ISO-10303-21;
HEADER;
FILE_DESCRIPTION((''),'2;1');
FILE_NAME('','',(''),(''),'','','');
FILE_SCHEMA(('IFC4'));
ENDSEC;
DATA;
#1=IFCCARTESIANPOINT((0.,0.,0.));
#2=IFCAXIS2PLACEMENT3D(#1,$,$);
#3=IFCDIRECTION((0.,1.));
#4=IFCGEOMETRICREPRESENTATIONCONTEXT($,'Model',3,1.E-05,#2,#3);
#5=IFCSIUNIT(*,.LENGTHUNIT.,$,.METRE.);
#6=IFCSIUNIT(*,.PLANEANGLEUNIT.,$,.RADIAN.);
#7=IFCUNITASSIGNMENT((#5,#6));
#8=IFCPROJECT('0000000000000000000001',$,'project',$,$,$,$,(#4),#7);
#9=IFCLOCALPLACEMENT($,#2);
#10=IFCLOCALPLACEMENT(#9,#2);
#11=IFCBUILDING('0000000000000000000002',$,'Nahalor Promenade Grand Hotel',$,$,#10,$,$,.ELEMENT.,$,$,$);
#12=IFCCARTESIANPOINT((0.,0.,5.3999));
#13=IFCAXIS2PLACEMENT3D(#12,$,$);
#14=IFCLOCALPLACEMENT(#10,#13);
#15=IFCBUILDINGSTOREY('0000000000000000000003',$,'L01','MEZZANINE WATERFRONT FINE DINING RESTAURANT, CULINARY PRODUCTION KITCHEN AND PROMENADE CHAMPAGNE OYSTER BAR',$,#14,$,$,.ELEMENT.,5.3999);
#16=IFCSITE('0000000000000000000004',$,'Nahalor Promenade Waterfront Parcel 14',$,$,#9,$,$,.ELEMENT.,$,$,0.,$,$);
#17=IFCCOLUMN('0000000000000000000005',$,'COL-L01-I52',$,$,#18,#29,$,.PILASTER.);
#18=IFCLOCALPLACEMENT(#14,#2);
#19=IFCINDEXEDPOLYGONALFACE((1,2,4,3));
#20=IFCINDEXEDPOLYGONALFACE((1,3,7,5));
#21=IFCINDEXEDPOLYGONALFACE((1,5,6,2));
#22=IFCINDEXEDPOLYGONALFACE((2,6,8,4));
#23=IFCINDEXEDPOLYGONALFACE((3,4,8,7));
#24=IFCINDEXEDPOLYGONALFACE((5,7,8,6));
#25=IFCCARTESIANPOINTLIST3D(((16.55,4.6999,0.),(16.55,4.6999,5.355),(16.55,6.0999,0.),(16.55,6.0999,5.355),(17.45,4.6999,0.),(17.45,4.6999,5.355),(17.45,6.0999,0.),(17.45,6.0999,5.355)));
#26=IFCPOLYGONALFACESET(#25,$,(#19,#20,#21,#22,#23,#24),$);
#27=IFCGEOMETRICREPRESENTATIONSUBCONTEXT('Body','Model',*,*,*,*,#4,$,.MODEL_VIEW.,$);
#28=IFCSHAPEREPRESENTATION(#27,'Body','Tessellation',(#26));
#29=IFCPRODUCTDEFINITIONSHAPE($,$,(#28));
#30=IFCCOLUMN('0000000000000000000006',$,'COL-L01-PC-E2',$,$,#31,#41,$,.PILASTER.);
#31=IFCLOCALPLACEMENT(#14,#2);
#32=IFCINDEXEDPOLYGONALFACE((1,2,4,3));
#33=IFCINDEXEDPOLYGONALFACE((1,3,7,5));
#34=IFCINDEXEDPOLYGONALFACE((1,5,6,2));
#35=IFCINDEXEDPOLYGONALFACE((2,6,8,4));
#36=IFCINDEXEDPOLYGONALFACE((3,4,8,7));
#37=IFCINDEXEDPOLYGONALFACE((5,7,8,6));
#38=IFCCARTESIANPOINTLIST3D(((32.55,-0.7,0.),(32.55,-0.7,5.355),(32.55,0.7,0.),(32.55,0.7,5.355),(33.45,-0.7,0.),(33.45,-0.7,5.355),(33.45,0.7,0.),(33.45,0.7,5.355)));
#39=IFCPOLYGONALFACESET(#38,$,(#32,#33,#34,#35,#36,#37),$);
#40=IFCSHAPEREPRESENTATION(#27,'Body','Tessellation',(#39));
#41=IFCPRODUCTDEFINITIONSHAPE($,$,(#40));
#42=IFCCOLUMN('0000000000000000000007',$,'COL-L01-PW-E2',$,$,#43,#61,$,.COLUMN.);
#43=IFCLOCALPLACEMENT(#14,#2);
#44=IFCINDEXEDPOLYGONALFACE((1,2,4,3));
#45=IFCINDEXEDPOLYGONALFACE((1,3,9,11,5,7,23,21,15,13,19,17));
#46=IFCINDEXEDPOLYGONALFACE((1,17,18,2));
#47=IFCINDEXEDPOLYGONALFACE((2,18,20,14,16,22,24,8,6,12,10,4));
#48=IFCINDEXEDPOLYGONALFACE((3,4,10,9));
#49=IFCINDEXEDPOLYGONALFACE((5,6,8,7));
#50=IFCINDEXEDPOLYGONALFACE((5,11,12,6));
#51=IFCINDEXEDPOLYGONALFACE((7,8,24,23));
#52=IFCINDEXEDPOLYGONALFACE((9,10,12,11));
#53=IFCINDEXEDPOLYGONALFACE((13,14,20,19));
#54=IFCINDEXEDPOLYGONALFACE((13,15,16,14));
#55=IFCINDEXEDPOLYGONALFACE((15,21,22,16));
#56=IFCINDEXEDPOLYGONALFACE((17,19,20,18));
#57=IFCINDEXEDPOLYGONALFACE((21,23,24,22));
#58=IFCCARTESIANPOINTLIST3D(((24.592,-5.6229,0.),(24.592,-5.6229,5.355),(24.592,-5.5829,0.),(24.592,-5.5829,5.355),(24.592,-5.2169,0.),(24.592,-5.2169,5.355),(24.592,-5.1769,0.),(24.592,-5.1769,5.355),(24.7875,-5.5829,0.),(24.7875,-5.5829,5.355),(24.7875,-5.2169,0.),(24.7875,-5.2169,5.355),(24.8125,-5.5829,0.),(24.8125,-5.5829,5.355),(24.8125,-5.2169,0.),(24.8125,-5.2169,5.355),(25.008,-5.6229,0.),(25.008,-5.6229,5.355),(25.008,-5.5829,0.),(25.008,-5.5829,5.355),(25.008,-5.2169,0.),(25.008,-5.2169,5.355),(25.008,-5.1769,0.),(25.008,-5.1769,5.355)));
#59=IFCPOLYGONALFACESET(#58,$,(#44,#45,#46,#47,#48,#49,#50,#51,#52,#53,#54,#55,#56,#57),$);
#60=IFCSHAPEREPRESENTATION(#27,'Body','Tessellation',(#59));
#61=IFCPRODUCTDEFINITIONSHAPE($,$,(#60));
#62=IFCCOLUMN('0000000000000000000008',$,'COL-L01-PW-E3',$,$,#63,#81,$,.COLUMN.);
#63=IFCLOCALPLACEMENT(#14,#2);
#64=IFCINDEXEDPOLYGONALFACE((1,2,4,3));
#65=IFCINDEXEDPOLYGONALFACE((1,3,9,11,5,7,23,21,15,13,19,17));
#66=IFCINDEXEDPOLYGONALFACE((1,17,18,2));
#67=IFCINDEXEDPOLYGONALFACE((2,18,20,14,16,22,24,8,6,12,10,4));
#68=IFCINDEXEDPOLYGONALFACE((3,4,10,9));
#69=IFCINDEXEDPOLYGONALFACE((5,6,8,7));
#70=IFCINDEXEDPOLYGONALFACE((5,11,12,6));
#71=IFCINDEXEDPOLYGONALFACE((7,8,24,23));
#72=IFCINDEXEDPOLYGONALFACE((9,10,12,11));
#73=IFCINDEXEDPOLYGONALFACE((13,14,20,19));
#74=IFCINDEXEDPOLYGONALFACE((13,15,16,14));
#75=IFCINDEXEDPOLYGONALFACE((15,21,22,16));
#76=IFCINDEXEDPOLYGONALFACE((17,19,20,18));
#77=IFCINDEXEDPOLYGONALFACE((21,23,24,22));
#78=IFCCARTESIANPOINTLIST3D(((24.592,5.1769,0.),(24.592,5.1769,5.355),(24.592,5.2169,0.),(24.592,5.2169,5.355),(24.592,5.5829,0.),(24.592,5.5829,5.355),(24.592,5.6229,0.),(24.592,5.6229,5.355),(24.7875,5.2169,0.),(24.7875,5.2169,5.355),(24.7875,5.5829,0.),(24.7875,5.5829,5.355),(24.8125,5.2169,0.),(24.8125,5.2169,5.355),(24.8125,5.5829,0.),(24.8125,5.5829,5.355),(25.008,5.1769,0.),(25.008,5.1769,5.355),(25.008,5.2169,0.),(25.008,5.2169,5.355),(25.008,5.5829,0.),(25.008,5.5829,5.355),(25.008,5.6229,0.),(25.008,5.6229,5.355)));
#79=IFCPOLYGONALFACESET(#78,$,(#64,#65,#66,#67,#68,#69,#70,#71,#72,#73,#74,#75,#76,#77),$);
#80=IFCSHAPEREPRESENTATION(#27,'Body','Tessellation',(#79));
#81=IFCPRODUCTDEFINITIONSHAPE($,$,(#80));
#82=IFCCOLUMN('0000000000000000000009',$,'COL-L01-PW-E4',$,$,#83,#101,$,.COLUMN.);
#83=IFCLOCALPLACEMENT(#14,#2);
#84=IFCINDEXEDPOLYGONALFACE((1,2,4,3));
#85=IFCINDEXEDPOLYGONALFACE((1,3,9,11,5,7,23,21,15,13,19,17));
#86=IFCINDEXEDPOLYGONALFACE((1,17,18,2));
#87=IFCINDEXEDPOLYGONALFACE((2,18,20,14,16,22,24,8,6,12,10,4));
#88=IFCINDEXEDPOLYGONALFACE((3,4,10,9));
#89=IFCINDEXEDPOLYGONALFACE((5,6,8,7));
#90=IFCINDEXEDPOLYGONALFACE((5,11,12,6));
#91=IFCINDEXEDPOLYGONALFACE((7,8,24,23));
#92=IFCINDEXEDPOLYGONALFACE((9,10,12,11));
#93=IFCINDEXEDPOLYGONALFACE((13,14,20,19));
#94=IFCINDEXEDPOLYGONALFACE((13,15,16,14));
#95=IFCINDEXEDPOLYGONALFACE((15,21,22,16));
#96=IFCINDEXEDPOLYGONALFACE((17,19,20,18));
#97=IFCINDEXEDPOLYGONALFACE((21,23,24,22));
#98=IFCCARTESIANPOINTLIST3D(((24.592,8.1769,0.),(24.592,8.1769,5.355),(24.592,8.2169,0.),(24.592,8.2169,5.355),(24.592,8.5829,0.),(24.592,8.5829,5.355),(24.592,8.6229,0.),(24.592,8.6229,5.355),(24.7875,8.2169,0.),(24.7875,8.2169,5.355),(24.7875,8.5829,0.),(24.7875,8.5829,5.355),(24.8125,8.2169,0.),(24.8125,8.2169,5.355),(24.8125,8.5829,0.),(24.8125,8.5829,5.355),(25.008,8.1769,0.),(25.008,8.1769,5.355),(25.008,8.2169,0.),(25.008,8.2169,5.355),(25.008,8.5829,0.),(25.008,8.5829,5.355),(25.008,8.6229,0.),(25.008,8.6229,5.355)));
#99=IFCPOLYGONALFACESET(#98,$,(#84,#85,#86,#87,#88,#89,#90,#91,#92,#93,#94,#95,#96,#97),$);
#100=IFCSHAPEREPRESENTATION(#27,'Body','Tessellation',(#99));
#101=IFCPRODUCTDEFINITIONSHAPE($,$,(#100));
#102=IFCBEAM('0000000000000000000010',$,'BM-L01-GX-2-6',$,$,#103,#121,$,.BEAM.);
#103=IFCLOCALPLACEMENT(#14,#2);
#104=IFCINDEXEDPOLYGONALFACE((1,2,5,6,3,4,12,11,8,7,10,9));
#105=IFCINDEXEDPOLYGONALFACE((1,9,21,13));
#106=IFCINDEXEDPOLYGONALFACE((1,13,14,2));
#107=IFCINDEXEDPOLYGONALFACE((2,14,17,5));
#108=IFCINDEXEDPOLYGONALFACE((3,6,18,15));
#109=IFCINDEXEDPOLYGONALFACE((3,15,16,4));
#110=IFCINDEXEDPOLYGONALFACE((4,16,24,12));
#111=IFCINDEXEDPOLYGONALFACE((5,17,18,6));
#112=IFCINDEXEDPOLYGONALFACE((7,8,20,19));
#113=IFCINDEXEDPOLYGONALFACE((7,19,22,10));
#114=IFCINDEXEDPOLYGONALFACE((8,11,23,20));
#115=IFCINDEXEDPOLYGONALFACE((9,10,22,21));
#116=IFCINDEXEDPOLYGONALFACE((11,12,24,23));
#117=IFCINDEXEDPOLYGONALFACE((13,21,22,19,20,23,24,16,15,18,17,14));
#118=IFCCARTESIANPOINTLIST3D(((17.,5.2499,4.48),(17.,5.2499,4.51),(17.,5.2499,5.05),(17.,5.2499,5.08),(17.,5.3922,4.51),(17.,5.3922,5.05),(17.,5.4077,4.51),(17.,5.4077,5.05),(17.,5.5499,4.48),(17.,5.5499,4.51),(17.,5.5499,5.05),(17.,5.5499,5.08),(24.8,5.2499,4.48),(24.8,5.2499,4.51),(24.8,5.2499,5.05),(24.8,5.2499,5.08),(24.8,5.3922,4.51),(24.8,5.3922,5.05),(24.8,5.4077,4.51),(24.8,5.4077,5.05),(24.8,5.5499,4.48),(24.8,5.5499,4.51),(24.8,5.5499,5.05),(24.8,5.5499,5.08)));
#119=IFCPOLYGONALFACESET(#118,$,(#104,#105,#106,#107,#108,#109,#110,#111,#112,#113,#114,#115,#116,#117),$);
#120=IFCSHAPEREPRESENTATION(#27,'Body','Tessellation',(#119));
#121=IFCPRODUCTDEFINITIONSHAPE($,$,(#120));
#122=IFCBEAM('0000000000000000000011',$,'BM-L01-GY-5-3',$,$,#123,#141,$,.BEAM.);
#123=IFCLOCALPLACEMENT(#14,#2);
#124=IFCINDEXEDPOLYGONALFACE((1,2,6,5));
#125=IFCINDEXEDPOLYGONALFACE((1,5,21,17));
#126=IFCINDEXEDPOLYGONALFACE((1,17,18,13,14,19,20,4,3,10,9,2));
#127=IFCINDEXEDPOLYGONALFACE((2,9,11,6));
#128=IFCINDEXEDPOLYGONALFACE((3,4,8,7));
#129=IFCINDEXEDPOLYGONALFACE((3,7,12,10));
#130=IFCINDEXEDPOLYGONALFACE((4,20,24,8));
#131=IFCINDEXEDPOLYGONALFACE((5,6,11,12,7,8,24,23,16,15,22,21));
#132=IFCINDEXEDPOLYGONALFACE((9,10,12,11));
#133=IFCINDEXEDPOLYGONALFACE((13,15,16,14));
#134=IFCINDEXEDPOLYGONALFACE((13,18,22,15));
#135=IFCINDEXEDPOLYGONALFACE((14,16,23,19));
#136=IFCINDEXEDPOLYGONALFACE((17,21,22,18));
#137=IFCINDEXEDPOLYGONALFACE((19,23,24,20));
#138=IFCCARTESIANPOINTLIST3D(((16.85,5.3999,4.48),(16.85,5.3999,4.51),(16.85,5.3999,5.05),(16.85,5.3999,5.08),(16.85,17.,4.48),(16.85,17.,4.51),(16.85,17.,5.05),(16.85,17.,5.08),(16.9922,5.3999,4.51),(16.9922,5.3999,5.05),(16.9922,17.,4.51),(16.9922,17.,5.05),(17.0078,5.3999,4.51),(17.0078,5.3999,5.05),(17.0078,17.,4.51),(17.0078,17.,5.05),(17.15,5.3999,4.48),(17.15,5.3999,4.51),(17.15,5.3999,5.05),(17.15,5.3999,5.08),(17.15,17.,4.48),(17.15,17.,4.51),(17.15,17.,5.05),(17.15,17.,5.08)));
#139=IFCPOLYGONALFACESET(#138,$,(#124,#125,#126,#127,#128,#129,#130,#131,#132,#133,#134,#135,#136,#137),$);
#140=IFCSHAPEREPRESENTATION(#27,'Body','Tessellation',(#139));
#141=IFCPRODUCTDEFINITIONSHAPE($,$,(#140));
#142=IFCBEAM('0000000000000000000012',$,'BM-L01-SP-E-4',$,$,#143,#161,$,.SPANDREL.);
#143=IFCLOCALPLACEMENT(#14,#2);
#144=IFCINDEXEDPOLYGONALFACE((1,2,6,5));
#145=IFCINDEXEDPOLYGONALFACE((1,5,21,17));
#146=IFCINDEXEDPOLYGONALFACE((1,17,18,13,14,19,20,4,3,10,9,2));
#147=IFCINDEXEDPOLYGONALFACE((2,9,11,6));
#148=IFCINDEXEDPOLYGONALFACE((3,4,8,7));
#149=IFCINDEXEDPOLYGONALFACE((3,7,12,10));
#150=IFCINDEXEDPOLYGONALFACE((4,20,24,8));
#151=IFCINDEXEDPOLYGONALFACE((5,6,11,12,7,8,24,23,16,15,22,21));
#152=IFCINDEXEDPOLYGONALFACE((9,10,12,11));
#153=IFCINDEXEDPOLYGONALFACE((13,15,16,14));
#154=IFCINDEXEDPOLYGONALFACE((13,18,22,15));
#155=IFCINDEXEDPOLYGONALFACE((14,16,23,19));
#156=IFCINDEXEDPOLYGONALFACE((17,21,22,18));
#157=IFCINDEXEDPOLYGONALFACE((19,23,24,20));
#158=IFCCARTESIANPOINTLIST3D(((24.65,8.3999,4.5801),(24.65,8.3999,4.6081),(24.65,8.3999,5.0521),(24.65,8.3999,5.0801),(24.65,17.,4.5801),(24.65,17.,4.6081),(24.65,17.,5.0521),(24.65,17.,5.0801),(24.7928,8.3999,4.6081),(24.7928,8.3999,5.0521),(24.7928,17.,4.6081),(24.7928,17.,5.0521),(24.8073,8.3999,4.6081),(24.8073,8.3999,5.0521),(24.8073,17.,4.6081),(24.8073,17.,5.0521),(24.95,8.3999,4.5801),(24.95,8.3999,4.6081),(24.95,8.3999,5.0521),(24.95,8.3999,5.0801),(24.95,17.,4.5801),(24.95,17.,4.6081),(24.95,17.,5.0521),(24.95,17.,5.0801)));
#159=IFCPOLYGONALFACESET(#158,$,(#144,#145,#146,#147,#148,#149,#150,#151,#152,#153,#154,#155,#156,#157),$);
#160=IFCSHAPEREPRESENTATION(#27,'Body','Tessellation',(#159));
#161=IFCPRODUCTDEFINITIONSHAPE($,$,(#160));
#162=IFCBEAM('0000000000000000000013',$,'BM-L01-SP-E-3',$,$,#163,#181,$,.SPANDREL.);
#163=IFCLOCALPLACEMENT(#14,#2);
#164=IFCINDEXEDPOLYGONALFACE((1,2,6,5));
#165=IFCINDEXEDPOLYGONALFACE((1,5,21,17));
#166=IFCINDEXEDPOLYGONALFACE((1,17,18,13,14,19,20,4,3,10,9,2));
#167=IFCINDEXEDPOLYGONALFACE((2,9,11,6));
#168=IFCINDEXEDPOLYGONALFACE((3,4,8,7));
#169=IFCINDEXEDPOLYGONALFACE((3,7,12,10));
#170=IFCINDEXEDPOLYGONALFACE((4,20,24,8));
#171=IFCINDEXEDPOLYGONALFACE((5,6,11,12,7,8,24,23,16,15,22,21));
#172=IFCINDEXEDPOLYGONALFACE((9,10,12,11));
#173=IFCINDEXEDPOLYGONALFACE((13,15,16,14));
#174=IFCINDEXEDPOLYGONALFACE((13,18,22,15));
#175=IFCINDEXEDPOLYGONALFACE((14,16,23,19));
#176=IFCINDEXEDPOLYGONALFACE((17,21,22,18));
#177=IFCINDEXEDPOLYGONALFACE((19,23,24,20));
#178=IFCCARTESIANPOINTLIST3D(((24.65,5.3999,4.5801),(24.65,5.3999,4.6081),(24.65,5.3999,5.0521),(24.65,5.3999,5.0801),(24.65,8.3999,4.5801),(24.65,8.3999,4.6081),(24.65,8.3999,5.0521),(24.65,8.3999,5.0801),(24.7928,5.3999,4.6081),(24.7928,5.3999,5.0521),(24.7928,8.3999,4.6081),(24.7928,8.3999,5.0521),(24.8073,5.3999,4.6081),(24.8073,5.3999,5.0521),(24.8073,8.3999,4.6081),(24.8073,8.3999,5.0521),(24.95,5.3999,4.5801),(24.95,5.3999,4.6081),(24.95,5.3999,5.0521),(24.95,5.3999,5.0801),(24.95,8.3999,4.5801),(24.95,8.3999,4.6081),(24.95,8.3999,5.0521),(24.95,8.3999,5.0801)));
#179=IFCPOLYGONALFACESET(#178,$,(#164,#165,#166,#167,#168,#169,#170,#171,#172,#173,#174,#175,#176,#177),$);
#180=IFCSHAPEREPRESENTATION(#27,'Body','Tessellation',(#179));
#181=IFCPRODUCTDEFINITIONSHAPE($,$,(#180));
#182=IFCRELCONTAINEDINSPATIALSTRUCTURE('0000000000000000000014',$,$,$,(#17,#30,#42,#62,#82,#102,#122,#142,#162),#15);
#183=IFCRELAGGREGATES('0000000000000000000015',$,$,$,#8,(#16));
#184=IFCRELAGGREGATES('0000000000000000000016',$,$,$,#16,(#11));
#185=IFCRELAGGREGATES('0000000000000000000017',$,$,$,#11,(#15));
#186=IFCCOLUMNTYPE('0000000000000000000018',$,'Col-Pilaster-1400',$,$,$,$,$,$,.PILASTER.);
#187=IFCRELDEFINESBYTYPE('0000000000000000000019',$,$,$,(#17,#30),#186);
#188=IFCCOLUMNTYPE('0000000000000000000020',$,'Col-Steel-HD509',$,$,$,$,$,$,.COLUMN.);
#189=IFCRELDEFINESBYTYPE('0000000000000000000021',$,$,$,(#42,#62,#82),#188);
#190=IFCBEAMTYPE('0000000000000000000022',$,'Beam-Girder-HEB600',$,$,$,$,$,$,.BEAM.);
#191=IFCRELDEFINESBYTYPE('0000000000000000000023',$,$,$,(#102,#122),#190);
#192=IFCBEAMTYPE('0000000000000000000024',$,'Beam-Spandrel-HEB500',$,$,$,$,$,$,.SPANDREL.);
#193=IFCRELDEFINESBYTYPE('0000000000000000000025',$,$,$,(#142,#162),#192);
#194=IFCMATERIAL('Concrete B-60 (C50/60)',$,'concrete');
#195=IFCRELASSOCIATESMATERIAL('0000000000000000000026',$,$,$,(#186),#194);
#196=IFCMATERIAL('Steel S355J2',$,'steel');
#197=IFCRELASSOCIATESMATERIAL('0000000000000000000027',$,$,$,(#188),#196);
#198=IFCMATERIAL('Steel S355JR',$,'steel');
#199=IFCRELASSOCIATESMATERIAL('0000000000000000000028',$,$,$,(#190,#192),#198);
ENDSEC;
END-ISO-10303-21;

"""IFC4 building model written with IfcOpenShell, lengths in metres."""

from ifc_helpers import new_model, si_unit, direction, frame, origin, origin_2d, place, context, subcontext, project, spatial, rectangle, i_section, extrude, source, transform, mapped, material, material_profile, profile_set, type_object, element, save


model = new_model("IFC4")

# Units and contexts
model_context = context("Model", 3, precision=1e-05, world=origin(), true_north=direction((0.0, 1.0)))
body_context = subcontext(model_context, "Body", "Model", "MODEL_VIEW")
ifc_project = project(units=[si_unit("LENGTHUNIT", "METRE"), si_unit("PLANEANGLEUNIT", "RADIAN")], contexts=[model_context])

# Site, building, storey
site_placement = place(None, origin())
site = spatial("IfcSite", under=ifc_project, at=site_placement, Name="Nahalor Promenade Waterfront Parcel 14", CompositionType="ELEMENT", RefElevation=0.0)
building_placement = place(site_placement, origin())
building = spatial("IfcBuilding", under=site, at=building_placement, Name="Nahalor Promenade Grand Hotel", CompositionType="ELEMENT")
storey_placement = place(building_placement, frame((0.0, 0.0, 5.3999)))
storey = spatial("IfcBuildingStorey", under=building, at=storey_placement, Name="L01", Description="MEZZANINE WATERFRONT FINE DINING RESTAURANT, CULINARY PRODUCTION KITCHEN AND PROMENADE CHAMPAGNE OYSTER BAR", CompositionType="ELEMENT", Elevation=5.3999)

# Columns
ifc_material_1 = material(Name="Concrete B-60 (C50/60)", Category="concrete")
ifc_material_profile_1 = material_profile(ifc_material_1, rectangle(XDim=0.9, YDim=1.4, at=origin_2d()), Name="RC 900x1400")
ifc_profile_set_1 = profile_set([ifc_material_profile_1], Name="Concrete B-60 (C50/60)")
column_type_1 = type_object("IfcColumnType", Name="Col-Pilaster-1400", PredefinedType="PILASTER", material=ifc_profile_set_1)
shared_shape_1 = source(origin(), body_context, "Body", "SweptSolid", [
    extrude(rectangle(XDim=0.9, YDim=1.4, at=origin_2d()), origin(), (0.0, 0.0, 1.0), 5.355),
])
for number, where, z_axis, x_axis, name in (
    (1, (17.0, 5.3999, 0.0), (0.0, 0.0, 1.0), (1.0, 0.0, 0.0), "COL-L01-I52"),
    (2, (33.0, 0.0, 0.0), (0.0, 0.0, 1.0), (1.0, 0.0, 0.0), "COL-L01-PC-E2"),
):
    element("IfcColumn", number, at=place(storey_placement, frame(where, z_axis=z_axis, x_axis=x_axis)), inside=storey, type_object=column_type_1, Name=name, PredefinedType="PILASTER", context=body_context, shape_type="MappedRepresentation", body=[
        mapped(shared_shape_1, transform((0.0, 0.0, 0.0), scale=1.0)),
    ])
ifc_material_2 = material(Name="Steel S355J2", Category="steel")
ifc_material_profile_2 = material_profile(ifc_material_2, i_section(OverallWidth=0.416, OverallDepth=0.446, WebThickness=0.025, FlangeThickness=0.04, at=origin_2d()), Name="HD 400x509")
ifc_profile_set_2 = profile_set([ifc_material_profile_2], Name="Steel S355J2")
column_type_2 = type_object("IfcColumnType", Name="Col-Steel-HD509", PredefinedType="COLUMN", material=ifc_profile_set_2)
shared_shape_2 = source(origin(), body_context, "Body", "SweptSolid", [
    extrude(i_section(OverallWidth=0.416, OverallDepth=0.446, WebThickness=0.025, FlangeThickness=0.04, at=origin_2d()), origin(), (0.0, 0.0, 1.0), 5.355),
])
for number, where, z_axis, x_axis, name in (
    (3, (24.8, -5.3999, 0.0), (0.0, 0.0, 1.0), (1.0, 0.0, 0.0), "COL-L01-PW-E2"),
    (4, (24.8, 5.3999, 0.0), (0.0, 0.0, 1.0), (1.0, 0.0, 0.0), "COL-L01-PW-E3"),
    (5, (24.8, 8.3999, 0.0), (0.0, 0.0, 1.0), (1.0, 0.0, 0.0), "COL-L01-PW-E4"),
):
    element("IfcColumn", number, at=place(storey_placement, frame(where, z_axis=z_axis, x_axis=x_axis)), inside=storey, type_object=column_type_2, Name=name, PredefinedType="COLUMN", context=body_context, shape_type="MappedRepresentation", body=[
        mapped(shared_shape_2, transform((0.0, 0.0, 0.0), scale=1.0)),
    ])

# Beams
ifc_material_3 = material(Name="Steel S355JR", Category="steel")
ifc_material_profile_3 = material_profile(ifc_material_3, i_section(OverallWidth=0.3, OverallDepth=0.6, WebThickness=0.0155, FlangeThickness=0.03, at=origin_2d()), Name="HEB 600")
ifc_profile_set_3 = profile_set([ifc_material_profile_3], Name="Steel S355JR")
beam_type_1 = type_object("IfcBeamType", Name="Beam-Girder-HEB600", PredefinedType="BEAM", material=ifc_profile_set_3)
shared_shape_3 = source(origin(), body_context, "Body", "SweptSolid", [
    extrude(i_section(OverallWidth=0.3, OverallDepth=0.6, WebThickness=0.0155, FlangeThickness=0.03, at=origin_2d()), origin(), (0.0, 0.0, 1.0), 7.8),
])
beam_1_placement = place(storey_placement, frame((17.0, 5.3999, 4.78), z_axis=(1.0, 0.0, 0.0), x_axis=(0.0, 1.0, 0.0)))
element("IfcBeam", 6, at=beam_1_placement, inside=storey, type_object=beam_type_1, Name="BM-L01-GX-2-6", PredefinedType="BEAM", context=body_context, shape_type="MappedRepresentation", body=[
    mapped(shared_shape_3, transform((0.0, 0.0, 0.0), scale=1.0)),
])
shared_shape_4 = source(origin(), body_context, "Body", "SweptSolid", [
    extrude(i_section(OverallWidth=0.3, OverallDepth=0.6, WebThickness=0.0155, FlangeThickness=0.03, at=origin_2d()), origin(), (0.0, 0.0, 1.0), 11.6001),
])
beam_2_placement = place(storey_placement, frame((17.0, 5.3999, 4.78), z_axis=(0.0, 1.0, 0.0), x_axis=(-1.0, 0.0, 0.0)))
element("IfcBeam", 7, at=beam_2_placement, inside=storey, type_object=beam_type_1, Name="BM-L01-GY-5-3", PredefinedType="BEAM", context=body_context, shape_type="MappedRepresentation", body=[
    mapped(shared_shape_4, transform((0.0, 0.0, 0.0), scale=1.0)),
])
ifc_material_profile_4 = material_profile(ifc_material_3, i_section(OverallWidth=0.3, OverallDepth=0.5, WebThickness=0.0145, FlangeThickness=0.028, at=origin_2d()), Name="HEB 500")
ifc_profile_set_4 = profile_set([ifc_material_profile_4], Name="Steel S355JR")
beam_type_2 = type_object("IfcBeamType", Name="Beam-Spandrel-HEB500", PredefinedType="SPANDREL", material=ifc_profile_set_4)
shared_shape_5 = source(origin(), body_context, "Body", "SweptSolid", [
    extrude(i_section(OverallWidth=0.3, OverallDepth=0.5, WebThickness=0.0145, FlangeThickness=0.028, at=origin_2d()), origin(), (0.0, 0.0, 1.0), 8.6001),
])
beam_3_placement = place(storey_placement, frame((24.8, 8.3999, 4.8301), z_axis=(0.0, 1.0, 0.0), x_axis=(-1.0, 0.0, 0.0)))
element("IfcBeam", 8, at=beam_3_placement, inside=storey, type_object=beam_type_2, Name="BM-L01-SP-E-4", PredefinedType="SPANDREL", context=body_context, shape_type="MappedRepresentation", body=[
    mapped(shared_shape_5, transform((0.0, 0.0, 0.0), scale=1.0)),
])
shared_shape_6 = source(origin(), body_context, "Body", "SweptSolid", [
    extrude(i_section(OverallWidth=0.3, OverallDepth=0.5, WebThickness=0.0145, FlangeThickness=0.028, at=origin_2d()), origin(), (0.0, 0.0, 1.0), 3.0),
])
beam_4_placement = place(storey_placement, frame((24.8, 5.3999, 4.8301), z_axis=(0.0, 1.0, 0.0), x_axis=(-1.0, 0.0, 0.0)))
element("IfcBeam", 9, at=beam_4_placement, inside=storey, type_object=beam_type_2, Name="BM-L01-SP-E-3", PredefinedType="SPANDREL", context=body_context, shape_type="MappedRepresentation", body=[
    mapped(shared_shape_6, transform((0.0, 0.0, 0.0), scale=1.0)),
])

save(model, "model.ifc")
